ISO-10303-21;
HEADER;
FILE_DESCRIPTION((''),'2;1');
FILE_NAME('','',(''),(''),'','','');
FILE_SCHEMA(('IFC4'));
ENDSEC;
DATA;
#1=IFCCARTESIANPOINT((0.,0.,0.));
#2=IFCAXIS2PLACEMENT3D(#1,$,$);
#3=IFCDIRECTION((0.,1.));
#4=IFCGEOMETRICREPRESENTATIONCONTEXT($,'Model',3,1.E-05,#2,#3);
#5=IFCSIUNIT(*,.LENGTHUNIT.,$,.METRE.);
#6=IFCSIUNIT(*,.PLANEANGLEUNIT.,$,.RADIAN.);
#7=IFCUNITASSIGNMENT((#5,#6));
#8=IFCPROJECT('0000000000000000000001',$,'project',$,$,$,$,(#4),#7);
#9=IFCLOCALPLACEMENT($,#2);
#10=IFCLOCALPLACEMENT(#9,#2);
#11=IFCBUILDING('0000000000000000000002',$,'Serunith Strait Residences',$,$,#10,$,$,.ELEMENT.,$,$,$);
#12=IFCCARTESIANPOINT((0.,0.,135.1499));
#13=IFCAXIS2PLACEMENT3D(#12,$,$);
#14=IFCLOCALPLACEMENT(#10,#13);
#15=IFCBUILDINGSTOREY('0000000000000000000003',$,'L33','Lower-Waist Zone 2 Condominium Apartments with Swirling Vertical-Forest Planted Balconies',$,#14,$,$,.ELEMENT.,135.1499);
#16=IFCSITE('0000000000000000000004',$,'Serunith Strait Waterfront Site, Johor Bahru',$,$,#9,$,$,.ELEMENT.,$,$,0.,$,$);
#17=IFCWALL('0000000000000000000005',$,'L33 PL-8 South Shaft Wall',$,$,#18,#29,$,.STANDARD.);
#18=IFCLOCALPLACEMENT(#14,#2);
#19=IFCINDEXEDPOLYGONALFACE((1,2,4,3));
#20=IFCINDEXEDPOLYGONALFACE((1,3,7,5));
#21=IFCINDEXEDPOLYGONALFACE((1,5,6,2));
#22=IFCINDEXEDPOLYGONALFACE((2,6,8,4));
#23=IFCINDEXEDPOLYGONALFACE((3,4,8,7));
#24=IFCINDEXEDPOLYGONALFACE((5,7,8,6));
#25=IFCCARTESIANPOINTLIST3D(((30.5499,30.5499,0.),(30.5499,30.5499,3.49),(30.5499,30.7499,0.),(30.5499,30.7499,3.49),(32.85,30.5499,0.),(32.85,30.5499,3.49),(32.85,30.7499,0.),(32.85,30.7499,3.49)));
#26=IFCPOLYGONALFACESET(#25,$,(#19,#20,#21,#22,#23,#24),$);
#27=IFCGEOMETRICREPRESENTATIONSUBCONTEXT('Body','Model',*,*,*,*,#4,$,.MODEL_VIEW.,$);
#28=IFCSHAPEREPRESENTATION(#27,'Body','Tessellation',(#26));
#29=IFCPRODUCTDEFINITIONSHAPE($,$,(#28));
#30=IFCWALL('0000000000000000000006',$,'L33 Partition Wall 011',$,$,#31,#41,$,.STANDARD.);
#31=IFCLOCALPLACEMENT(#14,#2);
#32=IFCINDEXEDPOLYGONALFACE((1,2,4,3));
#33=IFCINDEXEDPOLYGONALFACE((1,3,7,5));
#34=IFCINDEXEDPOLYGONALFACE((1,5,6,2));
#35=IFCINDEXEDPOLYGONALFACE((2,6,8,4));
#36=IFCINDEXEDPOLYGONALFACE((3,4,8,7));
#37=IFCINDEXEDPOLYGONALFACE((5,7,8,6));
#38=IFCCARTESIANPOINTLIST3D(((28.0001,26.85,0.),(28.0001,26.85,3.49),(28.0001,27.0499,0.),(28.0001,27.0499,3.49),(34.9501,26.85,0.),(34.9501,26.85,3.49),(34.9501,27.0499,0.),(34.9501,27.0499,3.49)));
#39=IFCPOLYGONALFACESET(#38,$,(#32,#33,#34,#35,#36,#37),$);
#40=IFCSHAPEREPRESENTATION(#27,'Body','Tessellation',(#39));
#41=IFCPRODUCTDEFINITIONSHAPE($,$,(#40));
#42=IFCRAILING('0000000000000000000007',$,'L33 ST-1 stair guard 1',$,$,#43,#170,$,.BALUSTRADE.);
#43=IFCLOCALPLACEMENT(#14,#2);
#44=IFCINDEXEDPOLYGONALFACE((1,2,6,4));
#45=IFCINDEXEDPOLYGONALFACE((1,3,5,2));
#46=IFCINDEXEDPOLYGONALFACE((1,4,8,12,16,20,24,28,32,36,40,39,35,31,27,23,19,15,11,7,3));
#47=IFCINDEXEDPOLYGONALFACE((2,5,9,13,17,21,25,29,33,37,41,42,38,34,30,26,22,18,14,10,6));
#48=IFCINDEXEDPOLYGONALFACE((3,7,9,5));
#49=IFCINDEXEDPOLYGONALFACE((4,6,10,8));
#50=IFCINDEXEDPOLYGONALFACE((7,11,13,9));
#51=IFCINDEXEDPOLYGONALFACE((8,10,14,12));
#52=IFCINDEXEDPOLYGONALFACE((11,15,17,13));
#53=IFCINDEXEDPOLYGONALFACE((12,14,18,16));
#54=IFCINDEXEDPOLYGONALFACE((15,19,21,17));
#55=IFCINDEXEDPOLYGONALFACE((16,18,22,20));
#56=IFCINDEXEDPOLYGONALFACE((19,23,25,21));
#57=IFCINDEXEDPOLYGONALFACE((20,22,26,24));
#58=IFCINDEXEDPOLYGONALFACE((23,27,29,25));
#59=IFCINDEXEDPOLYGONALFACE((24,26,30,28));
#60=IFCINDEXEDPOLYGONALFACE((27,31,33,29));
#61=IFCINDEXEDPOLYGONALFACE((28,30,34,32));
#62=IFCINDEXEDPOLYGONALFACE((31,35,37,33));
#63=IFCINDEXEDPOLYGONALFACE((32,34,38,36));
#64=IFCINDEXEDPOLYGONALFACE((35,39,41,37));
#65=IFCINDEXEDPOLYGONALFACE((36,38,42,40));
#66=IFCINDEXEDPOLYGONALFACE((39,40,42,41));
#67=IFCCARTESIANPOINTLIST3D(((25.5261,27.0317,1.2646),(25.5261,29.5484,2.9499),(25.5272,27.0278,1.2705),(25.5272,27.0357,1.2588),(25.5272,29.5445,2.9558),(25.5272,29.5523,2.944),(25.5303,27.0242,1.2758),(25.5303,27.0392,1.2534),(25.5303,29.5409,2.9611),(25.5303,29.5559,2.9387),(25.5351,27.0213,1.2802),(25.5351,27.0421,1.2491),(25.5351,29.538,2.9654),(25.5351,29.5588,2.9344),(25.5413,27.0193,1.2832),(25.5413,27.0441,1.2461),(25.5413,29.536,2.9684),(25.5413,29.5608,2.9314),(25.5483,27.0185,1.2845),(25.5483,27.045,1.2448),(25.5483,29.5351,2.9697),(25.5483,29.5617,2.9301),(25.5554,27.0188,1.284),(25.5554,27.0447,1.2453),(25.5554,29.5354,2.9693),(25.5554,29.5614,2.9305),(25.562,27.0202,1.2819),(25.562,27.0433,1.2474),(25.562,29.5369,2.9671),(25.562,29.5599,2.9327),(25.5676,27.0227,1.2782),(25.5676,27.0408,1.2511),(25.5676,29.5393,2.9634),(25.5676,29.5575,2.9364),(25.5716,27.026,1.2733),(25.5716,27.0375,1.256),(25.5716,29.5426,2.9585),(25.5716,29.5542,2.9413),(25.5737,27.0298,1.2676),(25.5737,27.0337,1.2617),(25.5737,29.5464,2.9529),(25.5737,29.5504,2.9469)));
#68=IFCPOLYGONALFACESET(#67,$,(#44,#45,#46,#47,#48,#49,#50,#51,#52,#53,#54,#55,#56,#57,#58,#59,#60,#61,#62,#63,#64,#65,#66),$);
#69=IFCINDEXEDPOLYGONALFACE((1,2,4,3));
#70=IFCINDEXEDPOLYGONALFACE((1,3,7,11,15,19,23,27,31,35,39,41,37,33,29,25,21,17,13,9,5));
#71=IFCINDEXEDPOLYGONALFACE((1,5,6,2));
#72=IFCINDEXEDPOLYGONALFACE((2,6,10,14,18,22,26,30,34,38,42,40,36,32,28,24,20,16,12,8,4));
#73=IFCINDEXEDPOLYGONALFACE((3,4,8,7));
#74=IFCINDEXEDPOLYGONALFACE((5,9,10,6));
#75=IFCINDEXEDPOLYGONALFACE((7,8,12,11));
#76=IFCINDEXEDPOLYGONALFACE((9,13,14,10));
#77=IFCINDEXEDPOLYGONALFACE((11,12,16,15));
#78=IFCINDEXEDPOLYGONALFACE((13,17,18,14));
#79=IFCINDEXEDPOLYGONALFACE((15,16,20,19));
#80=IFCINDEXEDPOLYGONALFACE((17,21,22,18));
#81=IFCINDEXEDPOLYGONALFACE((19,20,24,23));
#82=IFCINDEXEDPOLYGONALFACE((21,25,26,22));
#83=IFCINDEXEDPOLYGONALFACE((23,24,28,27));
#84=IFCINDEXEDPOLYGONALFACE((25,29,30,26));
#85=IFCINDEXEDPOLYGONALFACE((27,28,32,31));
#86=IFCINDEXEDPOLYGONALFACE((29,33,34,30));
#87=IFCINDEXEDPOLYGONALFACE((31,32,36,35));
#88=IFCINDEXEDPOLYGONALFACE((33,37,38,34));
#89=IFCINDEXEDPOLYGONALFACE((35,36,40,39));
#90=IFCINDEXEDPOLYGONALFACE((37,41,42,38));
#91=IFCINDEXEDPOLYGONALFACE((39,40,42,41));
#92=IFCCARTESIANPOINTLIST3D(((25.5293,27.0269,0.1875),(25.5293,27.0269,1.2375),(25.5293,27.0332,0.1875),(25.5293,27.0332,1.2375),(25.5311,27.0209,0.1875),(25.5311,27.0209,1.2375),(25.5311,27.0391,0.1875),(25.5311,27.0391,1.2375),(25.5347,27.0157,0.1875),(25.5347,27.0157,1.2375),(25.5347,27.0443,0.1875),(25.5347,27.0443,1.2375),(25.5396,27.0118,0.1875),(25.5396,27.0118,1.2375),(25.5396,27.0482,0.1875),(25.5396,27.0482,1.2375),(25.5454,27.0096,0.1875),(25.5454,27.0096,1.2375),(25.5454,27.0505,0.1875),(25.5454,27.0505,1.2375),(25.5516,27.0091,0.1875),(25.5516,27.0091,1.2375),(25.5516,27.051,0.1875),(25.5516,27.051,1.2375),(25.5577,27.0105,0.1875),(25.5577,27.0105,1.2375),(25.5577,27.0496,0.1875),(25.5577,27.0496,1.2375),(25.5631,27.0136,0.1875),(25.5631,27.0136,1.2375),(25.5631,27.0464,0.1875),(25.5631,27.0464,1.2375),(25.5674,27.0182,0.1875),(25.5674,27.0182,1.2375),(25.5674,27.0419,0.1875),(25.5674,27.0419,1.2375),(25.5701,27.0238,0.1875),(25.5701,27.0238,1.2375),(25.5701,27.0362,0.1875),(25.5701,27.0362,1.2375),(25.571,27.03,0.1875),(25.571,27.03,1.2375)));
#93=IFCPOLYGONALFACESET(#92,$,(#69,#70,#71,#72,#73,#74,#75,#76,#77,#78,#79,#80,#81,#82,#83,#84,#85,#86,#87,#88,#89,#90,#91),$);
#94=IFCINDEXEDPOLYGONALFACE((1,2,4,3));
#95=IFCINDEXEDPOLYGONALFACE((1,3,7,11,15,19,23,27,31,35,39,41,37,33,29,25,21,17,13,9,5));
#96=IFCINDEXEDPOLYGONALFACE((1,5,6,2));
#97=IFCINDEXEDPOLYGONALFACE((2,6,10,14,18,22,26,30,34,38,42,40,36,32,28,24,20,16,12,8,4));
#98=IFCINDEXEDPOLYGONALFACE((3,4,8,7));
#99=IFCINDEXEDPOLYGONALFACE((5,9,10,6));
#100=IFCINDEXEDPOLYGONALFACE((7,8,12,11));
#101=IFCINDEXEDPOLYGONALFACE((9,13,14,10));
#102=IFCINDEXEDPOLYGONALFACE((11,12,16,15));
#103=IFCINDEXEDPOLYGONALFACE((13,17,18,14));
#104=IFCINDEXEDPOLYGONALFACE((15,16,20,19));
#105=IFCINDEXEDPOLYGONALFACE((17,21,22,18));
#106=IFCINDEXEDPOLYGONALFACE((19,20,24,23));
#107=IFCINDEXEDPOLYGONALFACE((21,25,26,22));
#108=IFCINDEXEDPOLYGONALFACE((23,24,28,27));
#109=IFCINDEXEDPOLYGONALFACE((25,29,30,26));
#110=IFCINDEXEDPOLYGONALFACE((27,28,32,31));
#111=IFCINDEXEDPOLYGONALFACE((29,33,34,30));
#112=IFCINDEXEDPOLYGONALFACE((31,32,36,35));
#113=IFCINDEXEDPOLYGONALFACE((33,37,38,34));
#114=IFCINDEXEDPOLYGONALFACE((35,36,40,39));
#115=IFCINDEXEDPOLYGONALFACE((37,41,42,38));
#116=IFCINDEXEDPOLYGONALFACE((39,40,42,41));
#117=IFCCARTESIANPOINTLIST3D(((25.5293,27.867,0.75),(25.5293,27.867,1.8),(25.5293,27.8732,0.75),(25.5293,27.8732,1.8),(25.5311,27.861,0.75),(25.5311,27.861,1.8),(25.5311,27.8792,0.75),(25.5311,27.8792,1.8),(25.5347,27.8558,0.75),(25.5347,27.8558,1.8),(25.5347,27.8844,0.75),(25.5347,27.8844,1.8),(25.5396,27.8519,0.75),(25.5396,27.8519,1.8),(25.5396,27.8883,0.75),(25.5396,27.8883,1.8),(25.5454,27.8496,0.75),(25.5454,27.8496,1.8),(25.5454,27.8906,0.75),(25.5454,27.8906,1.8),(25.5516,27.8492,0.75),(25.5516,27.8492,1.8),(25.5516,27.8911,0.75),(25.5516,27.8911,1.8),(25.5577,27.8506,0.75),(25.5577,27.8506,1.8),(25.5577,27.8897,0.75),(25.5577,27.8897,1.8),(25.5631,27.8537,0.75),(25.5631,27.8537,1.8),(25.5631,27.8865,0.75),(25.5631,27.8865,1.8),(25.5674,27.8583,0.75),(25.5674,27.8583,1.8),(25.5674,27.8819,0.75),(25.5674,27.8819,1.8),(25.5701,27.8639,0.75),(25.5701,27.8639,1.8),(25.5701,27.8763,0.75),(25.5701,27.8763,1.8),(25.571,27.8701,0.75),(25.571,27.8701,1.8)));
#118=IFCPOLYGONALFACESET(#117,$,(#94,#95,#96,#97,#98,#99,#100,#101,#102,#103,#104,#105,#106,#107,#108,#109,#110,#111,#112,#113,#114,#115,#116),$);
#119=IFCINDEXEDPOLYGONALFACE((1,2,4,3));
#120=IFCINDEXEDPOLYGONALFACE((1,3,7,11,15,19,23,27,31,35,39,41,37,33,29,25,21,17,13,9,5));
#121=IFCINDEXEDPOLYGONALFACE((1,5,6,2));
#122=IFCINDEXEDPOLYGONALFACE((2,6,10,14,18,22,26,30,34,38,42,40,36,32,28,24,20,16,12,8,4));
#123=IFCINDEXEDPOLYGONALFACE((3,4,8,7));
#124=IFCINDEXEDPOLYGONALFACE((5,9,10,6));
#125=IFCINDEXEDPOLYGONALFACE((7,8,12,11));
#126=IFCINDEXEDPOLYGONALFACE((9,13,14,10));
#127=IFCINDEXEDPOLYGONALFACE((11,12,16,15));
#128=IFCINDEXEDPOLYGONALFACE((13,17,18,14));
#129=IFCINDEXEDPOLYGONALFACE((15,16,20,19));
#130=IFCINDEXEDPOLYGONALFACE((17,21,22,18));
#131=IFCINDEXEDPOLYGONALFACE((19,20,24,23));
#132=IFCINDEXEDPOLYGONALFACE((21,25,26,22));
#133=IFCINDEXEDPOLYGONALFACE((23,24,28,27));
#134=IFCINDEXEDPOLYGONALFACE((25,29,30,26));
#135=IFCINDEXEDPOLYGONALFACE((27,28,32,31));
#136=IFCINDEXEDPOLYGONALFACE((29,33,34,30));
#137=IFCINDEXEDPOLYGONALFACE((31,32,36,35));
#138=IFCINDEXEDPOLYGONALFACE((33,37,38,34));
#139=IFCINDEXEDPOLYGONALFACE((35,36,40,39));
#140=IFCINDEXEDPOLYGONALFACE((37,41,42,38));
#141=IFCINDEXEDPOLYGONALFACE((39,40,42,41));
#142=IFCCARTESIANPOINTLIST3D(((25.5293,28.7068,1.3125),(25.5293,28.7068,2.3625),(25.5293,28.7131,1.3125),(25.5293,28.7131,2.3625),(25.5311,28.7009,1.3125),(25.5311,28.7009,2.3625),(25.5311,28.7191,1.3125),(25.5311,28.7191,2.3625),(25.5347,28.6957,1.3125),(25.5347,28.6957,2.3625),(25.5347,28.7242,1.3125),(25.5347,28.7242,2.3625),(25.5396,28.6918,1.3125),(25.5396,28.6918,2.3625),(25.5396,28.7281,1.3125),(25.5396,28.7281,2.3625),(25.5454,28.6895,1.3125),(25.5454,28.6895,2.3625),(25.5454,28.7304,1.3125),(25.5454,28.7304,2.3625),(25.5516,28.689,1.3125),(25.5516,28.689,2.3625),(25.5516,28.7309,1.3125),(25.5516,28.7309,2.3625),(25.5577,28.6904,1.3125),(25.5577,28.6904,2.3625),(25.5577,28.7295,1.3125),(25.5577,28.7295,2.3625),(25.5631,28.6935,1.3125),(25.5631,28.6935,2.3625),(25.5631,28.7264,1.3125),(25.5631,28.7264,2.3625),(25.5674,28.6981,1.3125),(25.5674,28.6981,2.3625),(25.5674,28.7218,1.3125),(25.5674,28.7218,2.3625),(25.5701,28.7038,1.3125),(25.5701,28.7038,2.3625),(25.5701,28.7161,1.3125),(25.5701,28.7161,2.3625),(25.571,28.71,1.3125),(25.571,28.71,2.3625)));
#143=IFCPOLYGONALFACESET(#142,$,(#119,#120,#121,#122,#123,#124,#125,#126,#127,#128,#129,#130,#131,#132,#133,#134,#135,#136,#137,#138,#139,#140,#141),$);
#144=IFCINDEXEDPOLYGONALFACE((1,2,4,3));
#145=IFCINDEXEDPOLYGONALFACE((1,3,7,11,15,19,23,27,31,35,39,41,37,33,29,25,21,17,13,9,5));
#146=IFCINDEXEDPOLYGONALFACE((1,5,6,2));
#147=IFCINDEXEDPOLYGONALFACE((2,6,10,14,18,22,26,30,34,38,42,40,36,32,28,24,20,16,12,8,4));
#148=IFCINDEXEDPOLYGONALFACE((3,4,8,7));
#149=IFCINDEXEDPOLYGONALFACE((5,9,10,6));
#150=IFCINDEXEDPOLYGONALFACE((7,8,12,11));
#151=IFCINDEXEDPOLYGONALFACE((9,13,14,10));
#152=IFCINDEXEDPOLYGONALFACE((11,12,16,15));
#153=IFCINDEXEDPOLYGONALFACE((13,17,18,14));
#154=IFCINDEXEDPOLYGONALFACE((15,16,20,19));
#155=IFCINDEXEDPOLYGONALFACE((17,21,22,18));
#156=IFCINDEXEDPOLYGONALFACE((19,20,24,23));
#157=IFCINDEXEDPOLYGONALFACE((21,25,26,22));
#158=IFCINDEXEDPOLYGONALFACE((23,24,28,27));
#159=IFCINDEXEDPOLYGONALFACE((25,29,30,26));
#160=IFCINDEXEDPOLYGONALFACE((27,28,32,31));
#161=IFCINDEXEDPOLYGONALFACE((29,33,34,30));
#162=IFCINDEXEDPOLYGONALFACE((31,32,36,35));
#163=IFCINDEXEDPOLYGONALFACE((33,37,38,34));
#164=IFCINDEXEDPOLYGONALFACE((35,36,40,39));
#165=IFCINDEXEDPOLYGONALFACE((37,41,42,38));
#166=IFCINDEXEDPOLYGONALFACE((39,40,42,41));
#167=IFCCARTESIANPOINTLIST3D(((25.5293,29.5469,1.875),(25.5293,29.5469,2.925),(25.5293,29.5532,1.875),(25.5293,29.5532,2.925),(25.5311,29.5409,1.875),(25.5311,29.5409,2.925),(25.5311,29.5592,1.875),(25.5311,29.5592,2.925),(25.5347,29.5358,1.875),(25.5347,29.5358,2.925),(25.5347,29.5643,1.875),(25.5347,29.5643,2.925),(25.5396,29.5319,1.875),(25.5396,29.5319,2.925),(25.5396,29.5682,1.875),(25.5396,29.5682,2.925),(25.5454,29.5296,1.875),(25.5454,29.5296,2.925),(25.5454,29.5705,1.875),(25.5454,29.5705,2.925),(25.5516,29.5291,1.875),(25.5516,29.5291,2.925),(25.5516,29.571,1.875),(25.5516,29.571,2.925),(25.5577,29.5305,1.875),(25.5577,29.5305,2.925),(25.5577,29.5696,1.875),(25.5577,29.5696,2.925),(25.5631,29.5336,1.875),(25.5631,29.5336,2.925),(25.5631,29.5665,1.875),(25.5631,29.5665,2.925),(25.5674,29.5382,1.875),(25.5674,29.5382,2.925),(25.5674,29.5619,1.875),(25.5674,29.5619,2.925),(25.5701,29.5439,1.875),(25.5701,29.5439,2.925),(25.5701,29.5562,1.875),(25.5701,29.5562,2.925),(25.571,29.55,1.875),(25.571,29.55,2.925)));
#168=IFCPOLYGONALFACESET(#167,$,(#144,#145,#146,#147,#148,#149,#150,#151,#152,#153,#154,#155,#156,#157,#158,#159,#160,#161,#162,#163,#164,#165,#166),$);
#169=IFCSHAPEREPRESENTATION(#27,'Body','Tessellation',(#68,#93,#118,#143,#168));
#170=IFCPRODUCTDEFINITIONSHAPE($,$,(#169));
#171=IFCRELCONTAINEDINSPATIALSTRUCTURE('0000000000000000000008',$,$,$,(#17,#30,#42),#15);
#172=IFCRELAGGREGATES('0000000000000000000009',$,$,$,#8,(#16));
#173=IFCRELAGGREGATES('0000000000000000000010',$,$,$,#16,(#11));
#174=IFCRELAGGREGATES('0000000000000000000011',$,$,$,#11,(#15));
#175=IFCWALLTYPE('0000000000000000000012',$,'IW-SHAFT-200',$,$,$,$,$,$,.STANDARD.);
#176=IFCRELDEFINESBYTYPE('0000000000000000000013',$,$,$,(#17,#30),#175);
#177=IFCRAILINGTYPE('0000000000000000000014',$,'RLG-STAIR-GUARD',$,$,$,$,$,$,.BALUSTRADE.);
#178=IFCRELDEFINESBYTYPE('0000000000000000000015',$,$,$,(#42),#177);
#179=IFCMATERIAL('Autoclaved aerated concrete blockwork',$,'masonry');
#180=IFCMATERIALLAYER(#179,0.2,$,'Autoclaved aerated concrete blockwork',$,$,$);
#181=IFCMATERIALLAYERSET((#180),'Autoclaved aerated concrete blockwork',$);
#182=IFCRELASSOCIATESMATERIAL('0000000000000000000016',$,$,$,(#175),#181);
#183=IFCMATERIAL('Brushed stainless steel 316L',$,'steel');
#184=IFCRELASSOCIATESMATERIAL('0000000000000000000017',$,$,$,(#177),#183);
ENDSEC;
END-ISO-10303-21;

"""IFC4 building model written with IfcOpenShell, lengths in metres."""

from ifc_helpers import new_model, si_unit, direction, frame, frame_2d, origin, origin_2d, place, context, subcontext, project, spatial, rectangle, circle, extrude, material, layer, layer_set, type_object, element, save


model = new_model("IFC4")

# Units and contexts
model_context = context("Model", 3, precision=1e-05, world=origin(), true_north=direction((0.0, 1.0)))
body_context = subcontext(model_context, "Body", "Model", "MODEL_VIEW")
ifc_project = project(units=[si_unit("LENGTHUNIT", "METRE"), si_unit("PLANEANGLEUNIT", "RADIAN")], contexts=[model_context])

# Site, building, storey
site_placement = place(None, origin())
site = spatial("IfcSite", under=ifc_project, at=site_placement, Name="Serunith Strait Waterfront Site, Johor Bahru", CompositionType="ELEMENT", RefElevation=0.0)
building_placement = place(site_placement, origin())
building = spatial("IfcBuilding", under=site, at=building_placement, Name="Serunith Strait Residences", CompositionType="ELEMENT")
storey_placement = place(building_placement, frame((0.0, 0.0, 135.1499)))
storey = spatial("IfcBuildingStorey", under=building, at=storey_placement, Name="L33", Description="Lower-Waist Zone 2 Condominium Apartments with Swirling Vertical-Forest Planted Balconies", CompositionType="ELEMENT", Elevation=135.1499)

# Shared definitions
ifc_material_1 = material(Name="Autoclaved aerated concrete blockwork", Category="masonry")
ifc_layer_1 = layer(ifc_material_1, 0.2, Name="Autoclaved aerated concrete blockwork")
ifc_layer_set_1 = layer_set([ifc_layer_1], Name="Autoclaved aerated concrete blockwork")
wall_type_1 = type_object("IfcWallType", Name="IW-SHAFT-200", PredefinedType="STANDARD", material=ifc_layer_set_1)

# Walls
wall_1_placement = place(storey_placement, frame((30.55, 30.6499, 0.0), z_axis=(0.0, 0.0, 1.0), x_axis=(1.0, 0.0, 0.0)))
element("IfcWall", 1, at=wall_1_placement, inside=storey, type_object=wall_type_1, Name="L33 PL-8 South Shaft Wall", PredefinedType="STANDARD", context=body_context, shape_type="SweptSolid", body=[
    extrude(rectangle(XDim=2.3, YDim=0.2, at=frame_2d((1.1499, 0.0))), origin(), (0.0, 0.0, 1.0), 3.49),
])
wall_2_placement = place(storey_placement, frame((28.0, 26.95, 0.0), z_axis=(0.0, 0.0, 1.0), x_axis=(1.0, 0.0, 0.0)))
element("IfcWall", 2, at=wall_2_placement, inside=storey, type_object=wall_type_1, Name="L33 Partition Wall 011", PredefinedType="STANDARD", context=body_context, shape_type="SweptSolid", body=[
    extrude(rectangle(XDim=6.95, YDim=0.2, at=frame_2d((3.4751, 0.0))), origin(), (0.0, 0.0, 1.0), 3.49),
])

# Railing
ifc_material_2 = material(Name="Brushed stainless steel 316L", Category="steel")
railing_type_1 = type_object("IfcRailingType", Name="RLG-STAIR-GUARD", PredefinedType="BALUSTRADE", material=ifc_material_2)
railing_1_placement = place(storey_placement, frame((25.55, 27.03, 0.1875)))
element("IfcRailing", 3, at=railing_1_placement, inside=storey, type_object=railing_type_1, Name="L33 ST-1 stair guard 1", PredefinedType="BALUSTRADE", context=body_context, shape_type="SweptSolid", body=[
    extrude(circle(Radius=0.0239, at=origin_2d()), frame((0.0, 0.0017, 1.0771), z_axis=(0.0, 0.830909, 0.556408), x_axis=(-1.0, 0.0, 0.0)), (0.0, 0.0, 1.0), 3.0288),
    extrude(circle(Radius=0.021, at=origin_2d()), origin(), (0.0, 0.0, 1.0), 1.05),
    extrude(circle(Radius=0.021, at=origin_2d()), frame((0.0, 0.8401, 0.5625)), (0.0, 0.0, 1.0), 1.05),
    extrude(circle(Radius=0.021, at=origin_2d()), frame((0.0, 1.6799, 1.125)), (0.0, 0.0, 1.0), 1.05),
    extrude(circle(Radius=0.021, at=origin_2d()), frame((0.0, 2.52, 1.6875)), (0.0, 0.0, 1.0), 1.05),
])

save(model, "model.ifc")
